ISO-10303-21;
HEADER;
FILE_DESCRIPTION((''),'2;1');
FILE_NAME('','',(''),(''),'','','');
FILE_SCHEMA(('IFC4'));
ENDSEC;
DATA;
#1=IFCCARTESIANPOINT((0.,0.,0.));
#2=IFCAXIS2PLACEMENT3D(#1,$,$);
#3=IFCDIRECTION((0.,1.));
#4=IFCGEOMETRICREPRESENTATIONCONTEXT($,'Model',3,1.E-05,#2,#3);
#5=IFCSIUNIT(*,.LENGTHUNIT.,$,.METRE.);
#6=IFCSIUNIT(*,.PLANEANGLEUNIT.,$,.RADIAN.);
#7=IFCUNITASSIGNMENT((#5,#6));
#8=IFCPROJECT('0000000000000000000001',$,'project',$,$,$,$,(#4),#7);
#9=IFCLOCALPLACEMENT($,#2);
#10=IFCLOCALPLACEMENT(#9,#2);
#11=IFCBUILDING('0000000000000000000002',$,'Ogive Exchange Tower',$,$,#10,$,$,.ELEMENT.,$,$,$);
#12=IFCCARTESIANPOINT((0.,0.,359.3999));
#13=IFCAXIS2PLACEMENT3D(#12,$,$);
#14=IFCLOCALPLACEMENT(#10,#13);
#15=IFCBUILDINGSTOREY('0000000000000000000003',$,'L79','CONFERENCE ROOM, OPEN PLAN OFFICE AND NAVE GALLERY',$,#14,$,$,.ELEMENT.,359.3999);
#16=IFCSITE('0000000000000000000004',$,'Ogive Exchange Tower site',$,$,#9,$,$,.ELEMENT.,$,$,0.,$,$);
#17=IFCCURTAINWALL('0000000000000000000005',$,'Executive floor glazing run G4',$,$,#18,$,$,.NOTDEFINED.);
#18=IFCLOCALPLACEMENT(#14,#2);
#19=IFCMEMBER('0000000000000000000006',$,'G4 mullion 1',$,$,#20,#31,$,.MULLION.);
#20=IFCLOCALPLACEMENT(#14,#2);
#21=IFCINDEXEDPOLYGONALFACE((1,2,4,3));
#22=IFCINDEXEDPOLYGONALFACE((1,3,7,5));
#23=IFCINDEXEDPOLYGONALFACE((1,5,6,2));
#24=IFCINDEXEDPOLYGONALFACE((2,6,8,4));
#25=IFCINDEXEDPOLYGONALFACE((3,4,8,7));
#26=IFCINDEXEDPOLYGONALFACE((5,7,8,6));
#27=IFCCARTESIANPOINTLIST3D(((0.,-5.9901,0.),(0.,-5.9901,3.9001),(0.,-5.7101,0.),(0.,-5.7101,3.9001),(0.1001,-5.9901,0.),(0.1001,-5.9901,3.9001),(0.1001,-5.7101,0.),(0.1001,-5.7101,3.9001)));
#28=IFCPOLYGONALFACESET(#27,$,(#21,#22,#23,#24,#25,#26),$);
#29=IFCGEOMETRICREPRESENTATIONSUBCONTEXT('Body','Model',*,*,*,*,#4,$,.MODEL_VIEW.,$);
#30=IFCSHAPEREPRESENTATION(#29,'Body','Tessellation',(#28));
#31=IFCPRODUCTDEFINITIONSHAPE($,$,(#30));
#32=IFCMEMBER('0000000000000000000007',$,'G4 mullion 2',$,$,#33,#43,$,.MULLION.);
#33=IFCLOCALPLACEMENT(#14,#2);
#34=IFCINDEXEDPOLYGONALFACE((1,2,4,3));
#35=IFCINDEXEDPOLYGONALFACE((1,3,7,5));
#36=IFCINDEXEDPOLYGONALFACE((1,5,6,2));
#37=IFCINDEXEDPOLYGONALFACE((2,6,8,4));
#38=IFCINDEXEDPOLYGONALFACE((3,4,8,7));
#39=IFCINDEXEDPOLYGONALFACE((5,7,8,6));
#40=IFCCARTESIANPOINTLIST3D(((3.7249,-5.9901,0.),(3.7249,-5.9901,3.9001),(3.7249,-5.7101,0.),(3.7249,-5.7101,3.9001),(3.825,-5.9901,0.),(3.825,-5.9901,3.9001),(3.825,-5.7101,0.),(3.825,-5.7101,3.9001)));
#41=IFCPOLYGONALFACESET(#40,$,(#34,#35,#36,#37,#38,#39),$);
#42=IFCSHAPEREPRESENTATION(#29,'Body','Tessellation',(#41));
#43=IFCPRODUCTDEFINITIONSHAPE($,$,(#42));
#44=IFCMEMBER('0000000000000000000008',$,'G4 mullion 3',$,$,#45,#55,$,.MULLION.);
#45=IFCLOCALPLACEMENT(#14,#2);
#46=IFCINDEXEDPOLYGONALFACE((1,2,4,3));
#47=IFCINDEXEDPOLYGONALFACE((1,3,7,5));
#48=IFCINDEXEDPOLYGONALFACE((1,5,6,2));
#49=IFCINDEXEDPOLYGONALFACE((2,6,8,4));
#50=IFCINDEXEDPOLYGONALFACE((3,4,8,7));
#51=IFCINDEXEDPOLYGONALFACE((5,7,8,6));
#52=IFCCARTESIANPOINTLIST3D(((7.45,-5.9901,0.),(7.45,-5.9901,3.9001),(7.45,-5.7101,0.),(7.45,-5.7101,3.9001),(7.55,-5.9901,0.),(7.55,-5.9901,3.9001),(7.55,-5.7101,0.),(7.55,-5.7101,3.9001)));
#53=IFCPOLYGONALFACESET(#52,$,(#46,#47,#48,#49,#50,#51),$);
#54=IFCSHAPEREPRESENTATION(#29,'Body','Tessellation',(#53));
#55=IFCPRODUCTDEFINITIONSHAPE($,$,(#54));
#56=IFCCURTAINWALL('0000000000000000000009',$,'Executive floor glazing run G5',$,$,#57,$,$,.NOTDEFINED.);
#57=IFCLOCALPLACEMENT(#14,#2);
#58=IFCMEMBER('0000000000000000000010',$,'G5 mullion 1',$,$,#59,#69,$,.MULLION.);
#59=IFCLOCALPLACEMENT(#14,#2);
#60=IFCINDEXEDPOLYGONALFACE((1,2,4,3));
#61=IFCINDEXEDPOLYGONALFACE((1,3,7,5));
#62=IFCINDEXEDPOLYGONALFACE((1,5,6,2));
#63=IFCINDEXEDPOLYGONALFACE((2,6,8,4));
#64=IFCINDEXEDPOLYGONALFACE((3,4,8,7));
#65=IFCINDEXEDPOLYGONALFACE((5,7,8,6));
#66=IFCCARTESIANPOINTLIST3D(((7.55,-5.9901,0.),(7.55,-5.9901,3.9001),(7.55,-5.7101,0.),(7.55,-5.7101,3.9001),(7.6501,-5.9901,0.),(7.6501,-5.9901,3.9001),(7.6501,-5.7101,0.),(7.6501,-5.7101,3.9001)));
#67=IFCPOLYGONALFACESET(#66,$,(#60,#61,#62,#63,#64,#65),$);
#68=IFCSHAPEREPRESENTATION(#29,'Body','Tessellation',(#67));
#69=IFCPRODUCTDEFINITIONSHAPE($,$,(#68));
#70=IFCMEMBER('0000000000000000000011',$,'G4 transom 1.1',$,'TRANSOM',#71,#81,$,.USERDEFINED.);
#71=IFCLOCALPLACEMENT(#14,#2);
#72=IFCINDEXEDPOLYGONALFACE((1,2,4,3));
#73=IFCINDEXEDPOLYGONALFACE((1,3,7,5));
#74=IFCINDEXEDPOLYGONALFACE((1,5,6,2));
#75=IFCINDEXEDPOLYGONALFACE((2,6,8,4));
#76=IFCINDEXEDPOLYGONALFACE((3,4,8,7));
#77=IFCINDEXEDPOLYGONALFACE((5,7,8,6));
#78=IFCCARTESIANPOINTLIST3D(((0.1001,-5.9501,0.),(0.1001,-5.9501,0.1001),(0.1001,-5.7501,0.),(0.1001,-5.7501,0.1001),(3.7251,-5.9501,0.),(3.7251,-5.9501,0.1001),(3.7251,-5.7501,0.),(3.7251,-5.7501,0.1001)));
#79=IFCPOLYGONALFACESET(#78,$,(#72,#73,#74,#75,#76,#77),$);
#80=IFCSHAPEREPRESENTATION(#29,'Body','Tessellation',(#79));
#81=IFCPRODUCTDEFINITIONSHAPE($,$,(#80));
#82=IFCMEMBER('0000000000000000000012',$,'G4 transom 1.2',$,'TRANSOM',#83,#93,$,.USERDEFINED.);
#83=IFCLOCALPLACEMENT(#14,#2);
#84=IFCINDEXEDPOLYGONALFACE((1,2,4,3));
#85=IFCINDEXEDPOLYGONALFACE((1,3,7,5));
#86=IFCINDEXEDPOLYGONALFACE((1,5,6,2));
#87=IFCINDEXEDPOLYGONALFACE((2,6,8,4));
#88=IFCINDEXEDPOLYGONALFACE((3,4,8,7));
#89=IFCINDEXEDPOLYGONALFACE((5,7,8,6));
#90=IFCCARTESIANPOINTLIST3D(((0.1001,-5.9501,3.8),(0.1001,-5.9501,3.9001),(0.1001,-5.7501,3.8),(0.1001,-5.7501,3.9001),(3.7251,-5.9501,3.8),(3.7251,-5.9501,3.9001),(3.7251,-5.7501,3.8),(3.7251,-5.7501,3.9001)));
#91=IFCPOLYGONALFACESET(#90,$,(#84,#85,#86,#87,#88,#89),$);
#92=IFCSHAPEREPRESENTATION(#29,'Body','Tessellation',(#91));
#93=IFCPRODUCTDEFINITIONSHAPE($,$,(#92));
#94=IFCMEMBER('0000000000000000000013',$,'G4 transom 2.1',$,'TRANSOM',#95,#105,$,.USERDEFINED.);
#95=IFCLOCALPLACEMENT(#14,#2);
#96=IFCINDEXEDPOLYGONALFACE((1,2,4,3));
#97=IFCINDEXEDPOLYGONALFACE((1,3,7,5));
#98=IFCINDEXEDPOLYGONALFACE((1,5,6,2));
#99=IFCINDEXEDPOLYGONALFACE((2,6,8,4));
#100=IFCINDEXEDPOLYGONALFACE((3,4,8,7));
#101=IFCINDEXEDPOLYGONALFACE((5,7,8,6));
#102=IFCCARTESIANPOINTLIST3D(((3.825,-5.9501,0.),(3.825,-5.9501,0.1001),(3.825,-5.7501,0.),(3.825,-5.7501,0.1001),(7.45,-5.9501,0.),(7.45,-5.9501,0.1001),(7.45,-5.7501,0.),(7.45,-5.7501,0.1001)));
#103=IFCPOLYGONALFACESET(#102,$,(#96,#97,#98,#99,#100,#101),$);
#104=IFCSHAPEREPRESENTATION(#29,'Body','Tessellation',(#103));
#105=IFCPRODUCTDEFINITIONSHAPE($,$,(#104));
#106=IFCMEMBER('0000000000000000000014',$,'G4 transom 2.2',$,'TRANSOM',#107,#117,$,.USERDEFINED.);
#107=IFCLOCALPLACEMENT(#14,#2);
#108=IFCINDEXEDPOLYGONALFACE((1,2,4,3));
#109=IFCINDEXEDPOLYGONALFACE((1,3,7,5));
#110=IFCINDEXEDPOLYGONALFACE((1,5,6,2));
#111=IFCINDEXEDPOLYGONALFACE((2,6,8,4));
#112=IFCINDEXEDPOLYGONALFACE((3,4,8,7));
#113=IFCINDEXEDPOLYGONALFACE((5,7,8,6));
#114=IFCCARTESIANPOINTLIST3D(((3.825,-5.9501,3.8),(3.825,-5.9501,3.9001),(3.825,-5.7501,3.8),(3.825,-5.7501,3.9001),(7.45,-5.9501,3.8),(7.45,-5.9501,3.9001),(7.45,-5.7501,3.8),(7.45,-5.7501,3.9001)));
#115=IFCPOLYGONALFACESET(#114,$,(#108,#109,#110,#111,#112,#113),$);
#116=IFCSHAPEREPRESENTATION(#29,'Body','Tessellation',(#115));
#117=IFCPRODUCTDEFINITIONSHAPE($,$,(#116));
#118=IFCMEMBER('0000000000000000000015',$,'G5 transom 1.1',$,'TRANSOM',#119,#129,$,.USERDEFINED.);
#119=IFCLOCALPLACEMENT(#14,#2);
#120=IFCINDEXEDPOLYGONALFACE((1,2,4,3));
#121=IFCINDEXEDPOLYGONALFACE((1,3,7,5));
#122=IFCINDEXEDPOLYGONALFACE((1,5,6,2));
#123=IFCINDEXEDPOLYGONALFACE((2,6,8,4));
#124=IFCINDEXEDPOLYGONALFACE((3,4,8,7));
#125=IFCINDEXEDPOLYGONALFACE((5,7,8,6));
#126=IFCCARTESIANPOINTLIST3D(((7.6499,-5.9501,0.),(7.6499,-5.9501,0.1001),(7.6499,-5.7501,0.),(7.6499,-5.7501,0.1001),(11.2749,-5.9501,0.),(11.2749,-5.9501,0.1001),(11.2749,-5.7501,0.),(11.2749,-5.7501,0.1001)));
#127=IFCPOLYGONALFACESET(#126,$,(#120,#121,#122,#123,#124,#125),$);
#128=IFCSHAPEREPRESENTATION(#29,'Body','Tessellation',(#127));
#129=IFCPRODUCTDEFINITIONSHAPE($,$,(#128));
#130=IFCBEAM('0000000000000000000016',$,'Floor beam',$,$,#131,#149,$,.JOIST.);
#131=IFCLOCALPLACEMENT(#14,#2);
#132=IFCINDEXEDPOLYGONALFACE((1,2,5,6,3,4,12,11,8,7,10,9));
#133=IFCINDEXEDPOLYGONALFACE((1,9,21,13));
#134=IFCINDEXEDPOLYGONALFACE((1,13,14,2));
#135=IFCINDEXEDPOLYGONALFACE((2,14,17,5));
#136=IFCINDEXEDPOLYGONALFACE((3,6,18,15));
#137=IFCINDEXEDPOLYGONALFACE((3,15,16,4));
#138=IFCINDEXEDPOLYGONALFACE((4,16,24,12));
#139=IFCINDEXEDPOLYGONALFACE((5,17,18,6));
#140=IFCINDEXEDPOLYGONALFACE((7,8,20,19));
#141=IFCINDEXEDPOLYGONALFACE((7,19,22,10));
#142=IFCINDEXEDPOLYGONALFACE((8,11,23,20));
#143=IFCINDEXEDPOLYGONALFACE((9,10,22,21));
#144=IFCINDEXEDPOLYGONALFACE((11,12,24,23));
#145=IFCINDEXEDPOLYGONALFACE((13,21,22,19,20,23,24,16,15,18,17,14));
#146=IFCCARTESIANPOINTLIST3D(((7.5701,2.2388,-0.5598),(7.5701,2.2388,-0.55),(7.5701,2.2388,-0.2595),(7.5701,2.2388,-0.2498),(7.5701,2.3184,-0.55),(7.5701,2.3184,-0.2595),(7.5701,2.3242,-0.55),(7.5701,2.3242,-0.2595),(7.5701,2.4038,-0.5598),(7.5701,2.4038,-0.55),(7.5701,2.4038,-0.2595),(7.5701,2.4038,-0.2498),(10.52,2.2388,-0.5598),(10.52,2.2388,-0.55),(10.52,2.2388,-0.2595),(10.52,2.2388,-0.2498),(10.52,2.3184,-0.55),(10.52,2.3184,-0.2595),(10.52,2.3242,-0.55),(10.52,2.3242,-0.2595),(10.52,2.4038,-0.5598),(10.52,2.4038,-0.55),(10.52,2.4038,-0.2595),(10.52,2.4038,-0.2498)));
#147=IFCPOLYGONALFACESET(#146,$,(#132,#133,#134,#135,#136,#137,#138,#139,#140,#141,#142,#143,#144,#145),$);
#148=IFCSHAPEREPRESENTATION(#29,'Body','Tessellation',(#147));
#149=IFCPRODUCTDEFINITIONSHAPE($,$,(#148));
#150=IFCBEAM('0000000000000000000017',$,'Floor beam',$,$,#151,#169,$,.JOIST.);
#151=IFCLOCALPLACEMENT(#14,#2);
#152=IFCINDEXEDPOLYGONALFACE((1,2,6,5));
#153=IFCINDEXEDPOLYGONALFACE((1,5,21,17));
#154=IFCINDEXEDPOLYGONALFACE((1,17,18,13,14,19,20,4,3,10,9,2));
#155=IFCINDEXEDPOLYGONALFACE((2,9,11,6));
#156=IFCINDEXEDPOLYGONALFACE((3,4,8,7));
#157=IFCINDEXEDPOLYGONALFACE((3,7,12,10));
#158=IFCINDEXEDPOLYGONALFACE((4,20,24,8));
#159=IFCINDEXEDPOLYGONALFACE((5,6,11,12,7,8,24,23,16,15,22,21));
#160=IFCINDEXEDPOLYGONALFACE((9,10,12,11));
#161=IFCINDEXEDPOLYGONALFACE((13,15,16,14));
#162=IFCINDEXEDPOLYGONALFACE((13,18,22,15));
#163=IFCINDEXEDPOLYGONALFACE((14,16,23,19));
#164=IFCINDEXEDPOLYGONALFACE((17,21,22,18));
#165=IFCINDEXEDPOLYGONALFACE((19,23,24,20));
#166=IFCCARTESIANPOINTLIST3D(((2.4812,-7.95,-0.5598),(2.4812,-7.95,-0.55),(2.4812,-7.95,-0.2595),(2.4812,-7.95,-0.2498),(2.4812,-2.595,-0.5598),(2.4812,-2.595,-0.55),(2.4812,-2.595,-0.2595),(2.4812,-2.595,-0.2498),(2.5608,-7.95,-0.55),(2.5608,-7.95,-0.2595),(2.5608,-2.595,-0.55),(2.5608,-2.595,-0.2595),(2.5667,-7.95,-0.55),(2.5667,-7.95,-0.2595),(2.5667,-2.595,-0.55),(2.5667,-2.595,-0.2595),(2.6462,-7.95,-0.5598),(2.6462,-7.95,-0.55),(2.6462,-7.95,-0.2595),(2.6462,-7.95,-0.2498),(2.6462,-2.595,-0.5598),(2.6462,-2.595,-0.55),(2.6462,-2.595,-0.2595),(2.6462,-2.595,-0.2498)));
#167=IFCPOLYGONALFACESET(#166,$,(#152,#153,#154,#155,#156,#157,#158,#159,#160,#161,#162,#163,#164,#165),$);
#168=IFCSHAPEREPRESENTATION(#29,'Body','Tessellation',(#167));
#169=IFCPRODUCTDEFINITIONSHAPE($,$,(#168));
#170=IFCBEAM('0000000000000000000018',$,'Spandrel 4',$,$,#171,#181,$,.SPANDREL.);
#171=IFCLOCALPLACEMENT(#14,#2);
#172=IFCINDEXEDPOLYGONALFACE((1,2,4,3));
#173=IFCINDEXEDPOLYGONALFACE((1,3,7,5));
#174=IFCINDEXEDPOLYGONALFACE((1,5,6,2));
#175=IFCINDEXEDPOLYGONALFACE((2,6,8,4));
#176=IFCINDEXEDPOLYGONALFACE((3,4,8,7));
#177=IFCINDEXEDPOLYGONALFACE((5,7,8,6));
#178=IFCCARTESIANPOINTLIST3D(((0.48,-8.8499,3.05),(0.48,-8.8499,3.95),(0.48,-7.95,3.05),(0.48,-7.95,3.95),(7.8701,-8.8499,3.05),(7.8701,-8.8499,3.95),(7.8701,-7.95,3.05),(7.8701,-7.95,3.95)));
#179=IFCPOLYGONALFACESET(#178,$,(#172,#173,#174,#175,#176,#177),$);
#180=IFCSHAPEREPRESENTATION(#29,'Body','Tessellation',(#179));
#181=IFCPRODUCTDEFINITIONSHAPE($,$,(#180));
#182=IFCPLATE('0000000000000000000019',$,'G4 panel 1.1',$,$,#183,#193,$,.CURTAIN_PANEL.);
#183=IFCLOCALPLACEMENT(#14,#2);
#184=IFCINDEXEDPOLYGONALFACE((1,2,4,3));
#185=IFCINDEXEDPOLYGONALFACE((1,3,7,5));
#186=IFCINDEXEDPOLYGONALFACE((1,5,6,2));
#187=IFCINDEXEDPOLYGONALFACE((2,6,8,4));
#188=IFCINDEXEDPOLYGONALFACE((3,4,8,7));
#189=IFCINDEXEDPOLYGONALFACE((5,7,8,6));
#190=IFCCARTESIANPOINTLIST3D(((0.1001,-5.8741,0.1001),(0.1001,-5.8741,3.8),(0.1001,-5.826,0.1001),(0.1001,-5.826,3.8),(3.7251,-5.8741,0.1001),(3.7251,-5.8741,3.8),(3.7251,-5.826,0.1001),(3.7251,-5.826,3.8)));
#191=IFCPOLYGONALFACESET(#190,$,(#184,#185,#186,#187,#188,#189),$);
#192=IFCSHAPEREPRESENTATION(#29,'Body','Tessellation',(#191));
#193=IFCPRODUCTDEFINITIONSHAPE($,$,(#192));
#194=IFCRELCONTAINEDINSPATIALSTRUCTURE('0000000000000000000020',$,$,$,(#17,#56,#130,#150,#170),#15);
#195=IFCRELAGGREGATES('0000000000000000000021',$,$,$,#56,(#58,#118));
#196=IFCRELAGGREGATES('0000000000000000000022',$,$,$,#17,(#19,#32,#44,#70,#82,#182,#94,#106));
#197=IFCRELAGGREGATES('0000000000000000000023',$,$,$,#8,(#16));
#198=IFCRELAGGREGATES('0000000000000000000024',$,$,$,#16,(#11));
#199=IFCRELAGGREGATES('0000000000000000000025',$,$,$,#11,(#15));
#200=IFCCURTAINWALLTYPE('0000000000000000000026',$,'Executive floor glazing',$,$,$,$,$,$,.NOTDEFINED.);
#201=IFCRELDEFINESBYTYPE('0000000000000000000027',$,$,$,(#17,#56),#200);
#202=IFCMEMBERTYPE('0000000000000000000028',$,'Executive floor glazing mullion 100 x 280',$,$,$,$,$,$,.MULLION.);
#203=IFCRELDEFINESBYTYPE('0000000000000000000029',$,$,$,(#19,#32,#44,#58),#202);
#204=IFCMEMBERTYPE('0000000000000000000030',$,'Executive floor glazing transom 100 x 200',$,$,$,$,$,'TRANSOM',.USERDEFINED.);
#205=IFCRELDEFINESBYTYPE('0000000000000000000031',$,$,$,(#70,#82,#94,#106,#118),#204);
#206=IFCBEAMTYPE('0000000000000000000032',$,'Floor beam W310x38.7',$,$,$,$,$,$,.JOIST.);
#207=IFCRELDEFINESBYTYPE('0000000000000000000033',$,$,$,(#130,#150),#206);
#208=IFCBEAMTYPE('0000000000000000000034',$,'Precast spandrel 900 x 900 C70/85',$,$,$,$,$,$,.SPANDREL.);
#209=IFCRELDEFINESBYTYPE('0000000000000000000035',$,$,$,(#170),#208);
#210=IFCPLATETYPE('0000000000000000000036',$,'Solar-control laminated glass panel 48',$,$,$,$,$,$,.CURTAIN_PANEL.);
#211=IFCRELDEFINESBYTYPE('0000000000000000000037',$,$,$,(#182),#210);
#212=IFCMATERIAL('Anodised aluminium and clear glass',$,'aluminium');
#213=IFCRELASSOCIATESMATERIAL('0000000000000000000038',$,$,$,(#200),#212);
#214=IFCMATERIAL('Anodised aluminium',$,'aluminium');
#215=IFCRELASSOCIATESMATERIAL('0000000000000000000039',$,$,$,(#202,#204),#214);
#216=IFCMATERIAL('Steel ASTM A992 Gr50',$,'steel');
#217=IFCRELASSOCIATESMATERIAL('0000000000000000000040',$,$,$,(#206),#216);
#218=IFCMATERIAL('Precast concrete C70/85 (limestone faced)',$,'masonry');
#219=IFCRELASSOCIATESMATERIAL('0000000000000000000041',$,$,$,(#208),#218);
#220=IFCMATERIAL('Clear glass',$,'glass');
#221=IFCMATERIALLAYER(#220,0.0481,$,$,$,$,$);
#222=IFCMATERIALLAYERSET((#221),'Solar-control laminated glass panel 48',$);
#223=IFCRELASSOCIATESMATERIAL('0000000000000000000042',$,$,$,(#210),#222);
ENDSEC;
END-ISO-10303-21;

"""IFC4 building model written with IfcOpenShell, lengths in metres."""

from ifc_helpers import new_model, si_unit, direction, frame, origin, origin_2d, place, context, subcontext, project, spatial, rectangle, i_section, extrude, material, layer, layer_set, material_profile, profile_set, type_object, element, aggregate, save


model = new_model("IFC4")

# Units and contexts
model_context = context("Model", 3, precision=1e-05, world=origin(), true_north=direction((0.0, 1.0)))
body_context = subcontext(model_context, "Body", "Model", "MODEL_VIEW")
ifc_project = project(units=[si_unit("LENGTHUNIT", "METRE"), si_unit("PLANEANGLEUNIT", "RADIAN")], contexts=[model_context])

# Site, building, storey
site_placement = place(None, origin())
site = spatial("IfcSite", under=ifc_project, at=site_placement, Name="Ogive Exchange Tower site", CompositionType="ELEMENT", RefElevation=0.0)
building_placement = place(site_placement, origin())
building = spatial("IfcBuilding", under=site, at=building_placement, Name="Ogive Exchange Tower", CompositionType="ELEMENT")
storey_placement = place(building_placement, frame((0.0, 0.0, 359.3999)))
storey = spatial("IfcBuildingStorey", under=building, at=storey_placement, Name="L79", Description="CONFERENCE ROOM, OPEN PLAN OFFICE AND NAVE GALLERY", CompositionType="ELEMENT", Elevation=359.3999)

# Curtain wall, members
ifc_material_1 = material(Name="Anodised aluminium and clear glass", Category="aluminium")
curtain_wall_type = type_object("IfcCurtainWallType", Name="Executive floor glazing", PredefinedType="NOTDEFINED", material=ifc_material_1)
curtain_wall_1_placement = place(storey_placement, origin())
curtain_wall_1 = element("IfcCurtainWall", 1, at=curtain_wall_1_placement, inside=storey, type_object=curtain_wall_type, Name="Executive floor glazing run G4", PredefinedType="NOTDEFINED")
ifc_material_2 = material(Name="Anodised aluminium", Category="aluminium")
ifc_material_profile_1 = material_profile(ifc_material_2, rectangle(XDim=0.28, YDim=0.1001, at=origin_2d()), Name="AL 100x280")
ifc_profile_set_1 = profile_set([ifc_material_profile_1], Name="Anodised aluminium")
member_type_1 = type_object("IfcMemberType", Name="Executive floor glazing mullion 100 x 280", PredefinedType="MULLION", material=ifc_profile_set_1)
member_1_placement = place(storey_placement, frame((0.05, -5.8501, 0.0), z_axis=(0.0, 0.0, 1.0), x_axis=(0.0, 1.0, 0.0)))
member_1 = element("IfcMember", 2, at=member_1_placement, type_object=member_type_1, Name="G4 mullion 1", PredefinedType="MULLION", context=body_context, shape_type="SweptSolid", body=[
    extrude(rectangle(XDim=0.28, YDim=0.1001, at=origin_2d()), origin(), (0.0, 0.0, 1.0), 3.9001),
])
member_2_placement = place(storey_placement, frame((3.7749, -5.8501, 0.0), z_axis=(0.0, 0.0, 1.0), x_axis=(0.0, 1.0, 0.0)))
member_2 = element("IfcMember", 3, at=member_2_placement, type_object=member_type_1, Name="G4 mullion 2", PredefinedType="MULLION", context=body_context, shape_type="SweptSolid", body=[
    extrude(rectangle(XDim=0.28, YDim=0.1001, at=origin_2d()), origin(), (0.0, 0.0, 1.0), 3.9001),
])
member_3_placement = place(storey_placement, frame((7.5, -5.8501, 0.0), z_axis=(0.0, 0.0, 1.0), x_axis=(0.0, 1.0, 0.0)))
member_3 = element("IfcMember", 4, at=member_3_placement, type_object=member_type_1, Name="G4 mullion 3", PredefinedType="MULLION", context=body_context, shape_type="SweptSolid", body=[
    extrude(rectangle(XDim=0.28, YDim=0.1001, at=origin_2d()), origin(), (0.0, 0.0, 1.0), 3.9001),
])

# Curtain wall, member
curtain_wall_2_placement = place(storey_placement, origin())
curtain_wall_2 = element("IfcCurtainWall", 5, at=curtain_wall_2_placement, inside=storey, type_object=curtain_wall_type, Name="Executive floor glazing run G5", PredefinedType="NOTDEFINED")
member_4_placement = place(storey_placement, frame((7.6001, -5.8501, 0.0), z_axis=(0.0, 0.0, 1.0), x_axis=(0.0, 1.0, 0.0)))
member_4 = element("IfcMember", 6, at=member_4_placement, type_object=member_type_1, Name="G5 mullion 1", PredefinedType="MULLION", context=body_context, shape_type="SweptSolid", body=[
    extrude(rectangle(XDim=0.28, YDim=0.1001, at=origin_2d()), origin(), (0.0, 0.0, 1.0), 3.9001),
])

# Members
ifc_material_profile_2 = material_profile(ifc_material_2, rectangle(XDim=0.2, YDim=0.1001, at=origin_2d()), Name="AL 100x200")
ifc_profile_set_2 = profile_set([ifc_material_profile_2], Name="Anodised aluminium")
member_type_2 = type_object("IfcMemberType", Name="Executive floor glazing transom 100 x 200", ElementType="TRANSOM", PredefinedType="USERDEFINED", material=ifc_profile_set_2)
member_5_placement = place(storey_placement, frame((0.1001, -5.8501, 0.05), z_axis=(1.0, 0.0, 0.0), x_axis=(0.0, 1.0, 0.0)))
member_5 = element("IfcMember", 7, at=member_5_placement, type_object=member_type_2, Name="G4 transom 1.1", ObjectType="TRANSOM", PredefinedType="USERDEFINED", context=body_context, shape_type="SweptSolid", body=[
    extrude(rectangle(XDim=0.2, YDim=0.1001, at=origin_2d()), origin(), (0.0, 0.0, 1.0), 3.625),
])
member_6_placement = place(storey_placement, frame((0.1001, -5.8501, 3.8501), z_axis=(1.0, 0.0, 0.0), x_axis=(0.0, 1.0, 0.0)))
member_6 = element("IfcMember", 8, at=member_6_placement, type_object=member_type_2, Name="G4 transom 1.2", ObjectType="TRANSOM", PredefinedType="USERDEFINED", context=body_context, shape_type="SweptSolid", body=[
    extrude(rectangle(XDim=0.2, YDim=0.1001, at=origin_2d()), origin(), (0.0, 0.0, 1.0), 3.625),
])
member_7_placement = place(storey_placement, frame((3.825, -5.8501, 0.05), z_axis=(1.0, 0.0, 0.0), x_axis=(0.0, 1.0, 0.0)))
member_7 = element("IfcMember", 9, at=member_7_placement, type_object=member_type_2, Name="G4 transom 2.1", ObjectType="TRANSOM", PredefinedType="USERDEFINED", context=body_context, shape_type="SweptSolid", body=[
    extrude(rectangle(XDim=0.2, YDim=0.1001, at=origin_2d()), origin(), (0.0, 0.0, 1.0), 3.625),
])
member_8_placement = place(storey_placement, frame((3.825, -5.8501, 3.8501), z_axis=(1.0, 0.0, 0.0), x_axis=(0.0, 1.0, 0.0)))
member_8 = element("IfcMember", 10, at=member_8_placement, type_object=member_type_2, Name="G4 transom 2.2", ObjectType="TRANSOM", PredefinedType="USERDEFINED", context=body_context, shape_type="SweptSolid", body=[
    extrude(rectangle(XDim=0.2, YDim=0.1001, at=origin_2d()), origin(), (0.0, 0.0, 1.0), 3.625),
])
member_9_placement = place(storey_placement, frame((7.6499, -5.8501, 0.05), z_axis=(1.0, 0.0, 0.0), x_axis=(0.0, 1.0, 0.0)))
member_9 = element("IfcMember", 11, at=member_9_placement, type_object=member_type_2, Name="G5 transom 1.1", ObjectType="TRANSOM", PredefinedType="USERDEFINED", context=body_context, shape_type="SweptSolid", body=[
    extrude(rectangle(XDim=0.2, YDim=0.1001, at=origin_2d()), origin(), (0.0, 0.0, 1.0), 3.625),
])
aggregate(curtain_wall_2, [member_4, member_9])

# Beams
ifc_material_3 = material(Name="Steel ASTM A992 Gr50", Category="steel")
ifc_material_profile_3 = material_profile(ifc_material_3, i_section(OverallWidth=0.165, OverallDepth=0.3101, WebThickness=0.0059, FlangeThickness=0.0098, at=origin_2d()), Name="W310x38.7")
ifc_profile_set_3 = profile_set([ifc_material_profile_3], Name="Steel ASTM A992 Gr50")
beam_type_1 = type_object("IfcBeamType", Name="Floor beam W310x38.7", PredefinedType="JOIST", material=ifc_profile_set_3)
beam_1_placement = place(storey_placement, frame((7.5701, 2.3213, -0.4048), z_axis=(1.0, 0.0, 0.0), x_axis=(0.0, 1.0, 0.0)))
element("IfcBeam", 12, at=beam_1_placement, inside=storey, type_object=beam_type_1, Name="Floor beam", PredefinedType="JOIST", context=body_context, shape_type="SweptSolid", body=[
    extrude(i_section(OverallWidth=0.165, OverallDepth=0.3101, WebThickness=0.0059, FlangeThickness=0.0098, at=origin_2d()), origin(), (0.0, 0.0, 1.0), 2.95),
])
beam_2_placement = place(storey_placement, frame((2.5637, -7.95, -0.4048), z_axis=(0.0, 1.0, 0.0), x_axis=(-1.0, 0.0, 0.0)))
element("IfcBeam", 13, at=beam_2_placement, inside=storey, type_object=beam_type_1, Name="Floor beam", PredefinedType="JOIST", context=body_context, shape_type="SweptSolid", body=[
    extrude(i_section(OverallWidth=0.165, OverallDepth=0.3101, WebThickness=0.0059, FlangeThickness=0.0098, at=origin_2d()), origin(), (0.0, 0.0, 1.0), 5.355),
])
ifc_material_4 = material(Name="Precast concrete C70/85 (limestone faced)", Category="masonry")
ifc_material_profile_4 = material_profile(ifc_material_4, rectangle(XDim=0.8999, YDim=0.8999, at=origin_2d()), Name="900 x 900")
ifc_profile_set_4 = profile_set([ifc_material_profile_4], Name="Precast concrete C70/85 (limestone faced)")
beam_type_2 = type_object("IfcBeamType", Name="Precast spandrel 900 x 900 C70/85", PredefinedType="SPANDREL", material=ifc_profile_set_4)
beam_3_placement = place(storey_placement, frame((0.48, -8.3999, 3.5), z_axis=(1.0, 0.0, 0.0), x_axis=(0.0, 1.0, 0.0)))
element("IfcBeam", 14, at=beam_3_placement, inside=storey, type_object=beam_type_2, Name="Spandrel 4", PredefinedType="SPANDREL", context=body_context, shape_type="SweptSolid", body=[
    extrude(rectangle(XDim=0.8999, YDim=0.8999, at=origin_2d()), origin(), (0.0, 0.0, 1.0), 7.3901),
])

# Plate
ifc_material_5 = material(Name="Clear glass", Category="glass")
ifc_layer_1 = layer(ifc_material_5, 0.0481)
ifc_layer_set_1 = layer_set([ifc_layer_1], Name="Solar-control laminated glass panel 48")
plate_type = type_object("IfcPlateType", Name="Solar-control laminated glass panel 48", PredefinedType="CURTAIN_PANEL", material=ifc_layer_set_1)
plate_1_placement = place(storey_placement, frame((1.9126, -5.8501, 0.1001), z_axis=(0.0, 0.0, 1.0), x_axis=(1.0, 0.0, 0.0)))
plate_1 = element("IfcPlate", 15, at=plate_1_placement, type_object=plate_type, Name="G4 panel 1.1", PredefinedType="CURTAIN_PANEL", context=body_context, shape_type="SweptSolid", body=[
    extrude(rectangle(XDim=3.625, YDim=0.0481, at=origin_2d()), origin(), (0.0, 0.0, 1.0), 3.7),
])
aggregate(curtain_wall_1, [member_1, member_2, member_3, member_5, member_6, plate_1, member_7, member_8])

save(model, "model.ifc")
